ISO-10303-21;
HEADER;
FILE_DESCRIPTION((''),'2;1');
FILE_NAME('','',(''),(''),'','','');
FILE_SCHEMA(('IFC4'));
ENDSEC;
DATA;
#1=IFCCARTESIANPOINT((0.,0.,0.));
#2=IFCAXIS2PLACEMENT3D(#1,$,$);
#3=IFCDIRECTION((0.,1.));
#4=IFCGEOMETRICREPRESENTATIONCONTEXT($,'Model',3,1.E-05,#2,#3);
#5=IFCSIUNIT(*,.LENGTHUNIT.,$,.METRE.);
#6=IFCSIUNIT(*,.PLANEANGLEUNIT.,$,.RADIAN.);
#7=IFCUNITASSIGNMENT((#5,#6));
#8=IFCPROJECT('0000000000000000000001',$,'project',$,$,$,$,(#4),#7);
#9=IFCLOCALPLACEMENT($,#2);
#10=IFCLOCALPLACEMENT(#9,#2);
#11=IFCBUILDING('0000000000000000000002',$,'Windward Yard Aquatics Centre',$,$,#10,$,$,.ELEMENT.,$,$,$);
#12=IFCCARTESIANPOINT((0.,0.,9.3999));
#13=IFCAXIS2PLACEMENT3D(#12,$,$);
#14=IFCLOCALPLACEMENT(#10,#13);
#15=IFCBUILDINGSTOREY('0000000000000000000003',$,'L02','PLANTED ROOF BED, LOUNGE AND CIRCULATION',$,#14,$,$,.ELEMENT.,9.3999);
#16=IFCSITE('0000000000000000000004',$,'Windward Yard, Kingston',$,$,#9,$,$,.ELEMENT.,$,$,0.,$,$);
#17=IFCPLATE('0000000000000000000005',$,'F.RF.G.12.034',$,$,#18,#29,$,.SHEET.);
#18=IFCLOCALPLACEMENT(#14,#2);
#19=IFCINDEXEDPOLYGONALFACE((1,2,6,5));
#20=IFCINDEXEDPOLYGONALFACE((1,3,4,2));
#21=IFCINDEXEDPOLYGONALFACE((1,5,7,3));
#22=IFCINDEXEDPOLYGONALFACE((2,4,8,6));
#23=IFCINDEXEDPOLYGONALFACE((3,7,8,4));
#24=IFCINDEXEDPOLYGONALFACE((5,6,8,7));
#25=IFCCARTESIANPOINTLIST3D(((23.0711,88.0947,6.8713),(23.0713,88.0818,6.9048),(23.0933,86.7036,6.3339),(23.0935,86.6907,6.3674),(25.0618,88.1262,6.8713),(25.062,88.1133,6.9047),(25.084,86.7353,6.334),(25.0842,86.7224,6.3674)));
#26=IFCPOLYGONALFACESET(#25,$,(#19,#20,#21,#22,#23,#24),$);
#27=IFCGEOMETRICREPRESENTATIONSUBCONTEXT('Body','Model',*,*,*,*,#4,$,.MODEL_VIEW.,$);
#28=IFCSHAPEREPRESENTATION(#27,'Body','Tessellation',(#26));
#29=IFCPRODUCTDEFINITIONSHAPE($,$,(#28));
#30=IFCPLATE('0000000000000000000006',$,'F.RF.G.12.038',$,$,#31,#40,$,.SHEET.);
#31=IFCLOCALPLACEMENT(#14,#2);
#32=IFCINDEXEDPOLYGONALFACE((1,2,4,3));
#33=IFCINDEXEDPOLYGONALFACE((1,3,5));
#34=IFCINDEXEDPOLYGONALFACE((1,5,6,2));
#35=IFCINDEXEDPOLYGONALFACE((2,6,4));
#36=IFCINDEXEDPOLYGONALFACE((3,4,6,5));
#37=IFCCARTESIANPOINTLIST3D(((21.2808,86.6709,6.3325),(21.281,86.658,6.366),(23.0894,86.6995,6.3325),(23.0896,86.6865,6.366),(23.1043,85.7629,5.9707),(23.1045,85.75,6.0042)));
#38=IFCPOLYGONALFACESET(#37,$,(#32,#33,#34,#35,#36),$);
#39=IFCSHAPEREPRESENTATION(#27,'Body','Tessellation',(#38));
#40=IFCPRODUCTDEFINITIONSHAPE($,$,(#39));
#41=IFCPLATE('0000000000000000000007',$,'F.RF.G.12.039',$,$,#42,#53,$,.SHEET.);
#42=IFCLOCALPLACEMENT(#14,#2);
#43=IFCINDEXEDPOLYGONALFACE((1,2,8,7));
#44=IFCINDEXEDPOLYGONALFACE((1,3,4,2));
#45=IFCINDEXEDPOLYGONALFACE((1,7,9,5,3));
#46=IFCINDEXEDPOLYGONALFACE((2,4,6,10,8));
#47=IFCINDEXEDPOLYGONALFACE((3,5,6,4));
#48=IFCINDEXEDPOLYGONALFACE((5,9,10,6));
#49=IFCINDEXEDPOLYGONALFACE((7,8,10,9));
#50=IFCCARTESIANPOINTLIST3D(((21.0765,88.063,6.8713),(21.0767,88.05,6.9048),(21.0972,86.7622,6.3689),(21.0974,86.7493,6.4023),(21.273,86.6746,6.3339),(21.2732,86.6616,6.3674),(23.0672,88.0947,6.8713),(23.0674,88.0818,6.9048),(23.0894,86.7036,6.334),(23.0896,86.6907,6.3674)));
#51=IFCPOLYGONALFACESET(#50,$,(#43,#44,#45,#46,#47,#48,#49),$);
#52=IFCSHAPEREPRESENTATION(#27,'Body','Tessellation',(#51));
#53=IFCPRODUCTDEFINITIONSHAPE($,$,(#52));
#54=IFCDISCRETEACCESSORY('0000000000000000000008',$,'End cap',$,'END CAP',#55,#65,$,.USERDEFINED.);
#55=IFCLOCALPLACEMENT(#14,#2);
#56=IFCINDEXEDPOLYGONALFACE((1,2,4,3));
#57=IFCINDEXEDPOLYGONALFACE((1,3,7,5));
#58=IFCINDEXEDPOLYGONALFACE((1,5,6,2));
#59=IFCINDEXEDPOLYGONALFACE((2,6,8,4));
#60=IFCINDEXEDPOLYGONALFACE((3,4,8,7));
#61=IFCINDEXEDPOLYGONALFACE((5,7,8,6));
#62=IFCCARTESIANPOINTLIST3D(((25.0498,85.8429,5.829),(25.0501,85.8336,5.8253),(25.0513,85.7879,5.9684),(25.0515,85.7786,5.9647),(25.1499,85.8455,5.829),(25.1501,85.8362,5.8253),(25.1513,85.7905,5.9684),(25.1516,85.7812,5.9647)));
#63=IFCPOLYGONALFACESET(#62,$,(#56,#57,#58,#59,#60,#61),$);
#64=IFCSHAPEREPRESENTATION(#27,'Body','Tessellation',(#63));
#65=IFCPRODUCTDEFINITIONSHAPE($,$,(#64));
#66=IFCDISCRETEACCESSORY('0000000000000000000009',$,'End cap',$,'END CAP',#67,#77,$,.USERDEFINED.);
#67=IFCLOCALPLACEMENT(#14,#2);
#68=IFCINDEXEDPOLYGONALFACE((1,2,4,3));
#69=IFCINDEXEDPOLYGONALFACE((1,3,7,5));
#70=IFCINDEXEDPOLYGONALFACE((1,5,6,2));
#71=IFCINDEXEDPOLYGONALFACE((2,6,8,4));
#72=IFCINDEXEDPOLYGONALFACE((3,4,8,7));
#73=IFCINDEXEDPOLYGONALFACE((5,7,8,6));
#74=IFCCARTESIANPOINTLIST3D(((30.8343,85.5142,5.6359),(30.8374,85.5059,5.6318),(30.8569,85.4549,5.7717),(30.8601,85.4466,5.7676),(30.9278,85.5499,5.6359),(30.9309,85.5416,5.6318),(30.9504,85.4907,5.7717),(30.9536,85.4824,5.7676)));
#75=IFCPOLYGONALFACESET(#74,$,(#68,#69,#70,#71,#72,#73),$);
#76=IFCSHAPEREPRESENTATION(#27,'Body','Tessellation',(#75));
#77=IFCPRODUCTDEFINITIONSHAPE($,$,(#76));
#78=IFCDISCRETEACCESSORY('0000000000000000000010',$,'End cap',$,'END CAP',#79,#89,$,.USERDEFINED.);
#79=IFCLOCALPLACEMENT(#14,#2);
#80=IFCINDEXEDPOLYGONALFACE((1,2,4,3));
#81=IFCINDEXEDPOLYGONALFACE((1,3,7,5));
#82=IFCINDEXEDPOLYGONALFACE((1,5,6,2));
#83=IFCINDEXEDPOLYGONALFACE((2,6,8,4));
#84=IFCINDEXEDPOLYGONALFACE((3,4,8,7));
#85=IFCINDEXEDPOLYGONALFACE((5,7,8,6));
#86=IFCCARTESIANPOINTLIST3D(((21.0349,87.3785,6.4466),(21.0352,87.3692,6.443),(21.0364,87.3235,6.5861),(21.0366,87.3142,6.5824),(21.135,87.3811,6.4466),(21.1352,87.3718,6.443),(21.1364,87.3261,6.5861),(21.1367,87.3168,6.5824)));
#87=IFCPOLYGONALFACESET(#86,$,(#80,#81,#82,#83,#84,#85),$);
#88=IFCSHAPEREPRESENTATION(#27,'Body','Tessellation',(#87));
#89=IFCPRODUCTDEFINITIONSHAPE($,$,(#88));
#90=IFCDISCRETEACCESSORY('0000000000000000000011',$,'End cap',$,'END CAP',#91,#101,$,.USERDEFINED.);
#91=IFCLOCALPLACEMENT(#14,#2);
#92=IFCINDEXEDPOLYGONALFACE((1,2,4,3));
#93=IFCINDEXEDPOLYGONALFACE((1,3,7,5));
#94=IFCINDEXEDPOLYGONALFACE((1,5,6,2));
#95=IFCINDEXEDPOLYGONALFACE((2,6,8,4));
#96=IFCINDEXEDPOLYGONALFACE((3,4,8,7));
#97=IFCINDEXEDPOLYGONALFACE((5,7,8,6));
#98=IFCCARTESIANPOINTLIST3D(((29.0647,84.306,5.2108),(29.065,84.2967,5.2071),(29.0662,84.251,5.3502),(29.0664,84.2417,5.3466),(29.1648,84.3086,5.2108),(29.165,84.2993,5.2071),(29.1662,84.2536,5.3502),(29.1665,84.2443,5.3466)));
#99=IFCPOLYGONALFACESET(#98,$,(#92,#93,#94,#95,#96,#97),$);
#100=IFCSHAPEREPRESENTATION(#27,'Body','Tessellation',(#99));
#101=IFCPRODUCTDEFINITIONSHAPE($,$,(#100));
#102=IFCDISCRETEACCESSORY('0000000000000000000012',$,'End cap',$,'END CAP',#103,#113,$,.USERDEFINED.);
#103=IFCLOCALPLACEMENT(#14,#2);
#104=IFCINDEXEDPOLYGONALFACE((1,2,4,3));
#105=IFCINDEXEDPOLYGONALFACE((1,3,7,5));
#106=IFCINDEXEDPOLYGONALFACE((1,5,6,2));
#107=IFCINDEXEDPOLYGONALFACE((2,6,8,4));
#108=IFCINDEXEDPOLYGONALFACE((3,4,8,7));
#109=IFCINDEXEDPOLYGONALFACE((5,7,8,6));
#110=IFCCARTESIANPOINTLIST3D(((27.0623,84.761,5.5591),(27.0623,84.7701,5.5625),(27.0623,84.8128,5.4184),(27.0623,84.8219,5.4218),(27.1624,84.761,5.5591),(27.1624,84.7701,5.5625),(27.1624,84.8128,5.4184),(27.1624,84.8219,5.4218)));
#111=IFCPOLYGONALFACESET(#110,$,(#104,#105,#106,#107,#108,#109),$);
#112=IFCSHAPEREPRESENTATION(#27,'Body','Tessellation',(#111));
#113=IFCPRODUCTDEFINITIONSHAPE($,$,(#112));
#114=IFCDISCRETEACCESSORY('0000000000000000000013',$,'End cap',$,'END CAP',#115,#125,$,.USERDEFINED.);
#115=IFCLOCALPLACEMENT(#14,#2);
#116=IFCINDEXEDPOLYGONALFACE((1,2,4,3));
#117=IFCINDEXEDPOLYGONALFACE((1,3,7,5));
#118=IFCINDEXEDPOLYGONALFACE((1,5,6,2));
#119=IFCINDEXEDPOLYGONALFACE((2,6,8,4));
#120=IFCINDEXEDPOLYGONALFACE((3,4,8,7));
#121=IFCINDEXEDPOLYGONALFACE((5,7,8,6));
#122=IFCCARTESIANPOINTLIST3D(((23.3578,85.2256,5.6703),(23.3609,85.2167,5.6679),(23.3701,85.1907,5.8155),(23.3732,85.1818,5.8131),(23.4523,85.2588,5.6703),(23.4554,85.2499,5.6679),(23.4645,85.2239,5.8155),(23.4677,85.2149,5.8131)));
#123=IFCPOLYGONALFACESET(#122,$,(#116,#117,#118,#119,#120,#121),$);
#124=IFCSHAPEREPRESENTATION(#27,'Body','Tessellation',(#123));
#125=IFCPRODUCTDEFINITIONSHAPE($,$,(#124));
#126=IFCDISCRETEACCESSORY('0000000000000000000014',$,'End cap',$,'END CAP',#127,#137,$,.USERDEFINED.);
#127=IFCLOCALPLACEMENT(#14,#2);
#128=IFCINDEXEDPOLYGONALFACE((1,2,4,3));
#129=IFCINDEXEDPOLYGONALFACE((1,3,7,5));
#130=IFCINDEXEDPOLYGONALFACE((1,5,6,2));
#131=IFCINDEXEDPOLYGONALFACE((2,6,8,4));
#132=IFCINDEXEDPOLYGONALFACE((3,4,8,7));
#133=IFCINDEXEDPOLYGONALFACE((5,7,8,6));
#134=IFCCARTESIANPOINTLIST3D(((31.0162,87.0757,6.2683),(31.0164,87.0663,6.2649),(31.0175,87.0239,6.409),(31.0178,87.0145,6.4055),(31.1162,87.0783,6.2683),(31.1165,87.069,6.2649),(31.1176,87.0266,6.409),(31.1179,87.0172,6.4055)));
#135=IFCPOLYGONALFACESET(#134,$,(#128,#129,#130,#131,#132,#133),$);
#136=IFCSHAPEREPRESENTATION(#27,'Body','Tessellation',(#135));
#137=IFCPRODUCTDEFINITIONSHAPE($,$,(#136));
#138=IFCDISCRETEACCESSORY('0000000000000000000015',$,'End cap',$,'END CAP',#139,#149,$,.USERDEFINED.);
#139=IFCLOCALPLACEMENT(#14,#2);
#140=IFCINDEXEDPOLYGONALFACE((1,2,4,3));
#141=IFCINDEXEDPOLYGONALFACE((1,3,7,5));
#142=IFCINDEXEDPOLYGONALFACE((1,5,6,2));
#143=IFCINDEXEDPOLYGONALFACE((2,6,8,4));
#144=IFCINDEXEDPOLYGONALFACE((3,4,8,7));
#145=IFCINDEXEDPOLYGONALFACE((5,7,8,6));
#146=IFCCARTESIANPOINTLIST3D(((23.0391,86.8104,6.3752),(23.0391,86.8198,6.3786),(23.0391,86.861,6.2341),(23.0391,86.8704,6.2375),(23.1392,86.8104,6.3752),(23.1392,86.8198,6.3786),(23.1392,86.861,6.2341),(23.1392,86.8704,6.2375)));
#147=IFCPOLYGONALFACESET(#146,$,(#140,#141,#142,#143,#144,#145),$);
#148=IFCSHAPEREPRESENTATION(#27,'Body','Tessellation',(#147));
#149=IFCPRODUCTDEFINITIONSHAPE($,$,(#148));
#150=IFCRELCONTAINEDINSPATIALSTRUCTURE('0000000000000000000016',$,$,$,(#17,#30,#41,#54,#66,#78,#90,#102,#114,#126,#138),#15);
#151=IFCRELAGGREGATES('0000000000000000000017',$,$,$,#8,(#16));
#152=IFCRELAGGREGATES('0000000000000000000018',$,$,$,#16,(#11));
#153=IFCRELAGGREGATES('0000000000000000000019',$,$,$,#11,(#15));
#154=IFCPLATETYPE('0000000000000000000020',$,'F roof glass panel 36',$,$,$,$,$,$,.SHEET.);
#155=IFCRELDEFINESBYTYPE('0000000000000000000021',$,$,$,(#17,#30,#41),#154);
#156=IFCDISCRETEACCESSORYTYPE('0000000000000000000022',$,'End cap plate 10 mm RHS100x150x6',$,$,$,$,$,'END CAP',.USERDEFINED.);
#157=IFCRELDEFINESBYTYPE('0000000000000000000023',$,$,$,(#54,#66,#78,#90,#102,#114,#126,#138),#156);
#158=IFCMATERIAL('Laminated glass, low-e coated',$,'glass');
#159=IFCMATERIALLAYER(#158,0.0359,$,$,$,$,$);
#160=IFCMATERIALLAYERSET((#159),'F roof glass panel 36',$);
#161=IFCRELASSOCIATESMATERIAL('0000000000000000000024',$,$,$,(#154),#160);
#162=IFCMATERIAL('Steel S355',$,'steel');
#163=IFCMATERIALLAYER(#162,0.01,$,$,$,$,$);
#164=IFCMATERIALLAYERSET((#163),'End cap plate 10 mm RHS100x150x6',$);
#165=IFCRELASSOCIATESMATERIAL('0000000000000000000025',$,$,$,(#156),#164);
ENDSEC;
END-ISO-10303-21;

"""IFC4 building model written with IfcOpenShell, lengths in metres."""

from ifc_helpers import new_model, si_unit, direction, frame, origin, origin_2d, place, context, subcontext, project, spatial, polyline, rectangle, outline, extrude, material, layer, layer_set, type_object, element, save


model = new_model("IFC4")

# Units and contexts
model_context = context("Model", 3, precision=1e-05, world=origin(), true_north=direction((0.0, 1.0)))
body_context = subcontext(model_context, "Body", "Model", "MODEL_VIEW")
ifc_project = project(units=[si_unit("LENGTHUNIT", "METRE"), si_unit("PLANEANGLEUNIT", "RADIAN")], contexts=[model_context])

# Site, building, storey
site_placement = place(None, origin())
site = spatial("IfcSite", under=ifc_project, at=site_placement, Name="Windward Yard, Kingston", CompositionType="ELEMENT", RefElevation=0.0)
building_placement = place(site_placement, origin())
building = spatial("IfcBuilding", under=site, at=building_placement, Name="Windward Yard Aquatics Centre", CompositionType="ELEMENT")
storey_placement = place(building_placement, frame((0.0, 0.0, 9.3999)))
storey = spatial("IfcBuildingStorey", under=building, at=storey_placement, Name="L02", Description="PLANTED ROOF BED, LOUNGE AND CIRCULATION", CompositionType="ELEMENT", Elevation=9.3999)

# Shared definitions
ifc_material_1 = material(Name="Steel S355", Category="steel")

# Plates
ifc_material_2 = material(Name="Laminated glass, low-e coated", Category="glass")
ifc_layer_1 = layer(ifc_material_2, 0.0359)
ifc_layer_set_1 = layer_set([ifc_layer_1], Name="F roof glass panel 36")
plate_type = type_object("IfcPlateType", Name="F roof glass panel 36", PredefinedType="SHEET", material=ifc_layer_set_1)
plate_1_placement = place(storey_placement, frame((23.0713, 88.0818, 6.9048), z_axis=(0.005722, -0.36027, 0.93283), x_axis=(0.999875, 0.015826, -0.000021)))
element("IfcPlate", 1, at=plate_1_placement, inside=storey, type_object=plate_type, Name="F.RF.G.12.034", PredefinedType="SHEET", context=body_context, shape_type="SweptSolid", body=[
    extrude(outline(polyline([(0.0, 0.0), (1.991, 0.0), (1.9912, -1.4912), (0.0002, -1.4915), (0.0, 0.0)])), origin(), (0.0, 0.0, -1.0), 0.0359),
])
plate_2_placement = place(storey_placement, frame((21.281, 86.658, 6.366), z_axis=(0.00569, -0.360295, 0.932821), x_axis=(0.999875, 0.015792, 0.0)))
element("IfcPlate", 2, at=plate_2_placement, inside=storey, type_object=plate_type, Name="F.RF.G.12.038", PredefinedType="SHEET", context=body_context, shape_type="SweptSolid", body=[
    extrude(outline(polyline([(0.0, 0.0), (1.8088, 0.0), (1.8089, -1.0041), (0.0, 0.0)])), origin(), (0.0, 0.0, -1.0), 0.0359),
])
plate_3_placement = place(storey_placement, frame((21.0767, 88.05, 6.9048), z_axis=(0.005748, -0.360231, 0.932845), x_axis=(0.999873, 0.015943, -0.000005)))
element("IfcPlate", 3, at=plate_3_placement, inside=storey, type_object=plate_type, Name="F.RF.G.12.039", PredefinedType="SHEET", context=body_context, shape_type="SweptSolid", body=[
    extrude(outline(polyline([(0.0, 0.0), (1.991, 0.0), (1.991, -1.4915), (0.1744, -1.4915), (0.0, -1.3946), (0.0, 0.0)])), origin(), (0.0, 0.0, -1.0), 0.0359),
])

# Discrete accessories
ifc_layer_2 = layer(ifc_material_1, 0.01)
ifc_layer_set_2 = layer_set([ifc_layer_2], Name="End cap plate 10 mm RHS100x150x6")
discrete_accessory_type = type_object("IfcDiscreteAccessoryType", Name="End cap plate 10 mm RHS100x150x6", ElementType="END CAP", PredefinedType="USERDEFINED", material=ifc_layer_set_2)
discrete_accessory_1_placement = place(storey_placement, frame((25.1008, 85.8074, 5.895), z_axis=(-0.02447, 0.929877, 0.367057), x_axis=(-0.999654, -0.026307, 0.0)))
element("IfcDiscreteAccessory", 4, at=discrete_accessory_1_placement, inside=storey, type_object=discrete_accessory_type, Name="End cap", ObjectType="END CAP", PredefinedType="USERDEFINED", context=body_context, shape_type="SweptSolid", body=[
    extrude(rectangle(XDim=0.1001, YDim=0.1499, at=origin_2d()), origin(), (0.0, 0.0, 1.0), 0.01),
])
discrete_accessory_2_placement = place(storey_placement, frame((30.8955, 85.4941, 5.6997), z_axis=(-0.323587, 0.846305, 0.423153), x_axis=(-0.934052, -0.357137, 0.0)))
element("IfcDiscreteAccessory", 5, at=discrete_accessory_2_placement, inside=storey, type_object=discrete_accessory_type, Name="End cap", ObjectType="END CAP", PredefinedType="USERDEFINED", context=body_context, shape_type="SweptSolid", body=[
    extrude(rectangle(XDim=0.1001, YDim=0.1499, at=origin_2d()), origin(), (0.0, 0.0, 1.0), 0.0098),
])
for number, where, z_axis, x_axis, name in (
    (6, (21.0859, 87.343, 6.5127), (-0.02447, 0.929877, 0.367057), (-0.999654, -0.026307, 0.0), "End cap"),
    (7, (29.1157, 84.2705, 5.2769), (-0.02447, 0.929877, 0.367057), (-0.999654, -0.026307, 0.0), "End cap"),
):
    element("IfcDiscreteAccessory", number, at=place(storey_placement, frame(where, z_axis=z_axis, x_axis=x_axis)), inside=storey, type_object=discrete_accessory_type, Name=name, ObjectType="END CAP", PredefinedType="USERDEFINED", context=body_context, shape_type="SweptSolid", body=[
        extrude(rectangle(XDim=0.1001, YDim=0.1499, at=origin_2d()), origin(), (0.0, 0.0, 1.0), 0.01),
    ])
for number, where, z_axis, x_axis, name in (
    (8, (27.1123, 84.7869, 5.4888), (0.0, 0.938343, 0.345705), (-1.0, 0.0, 0.0), "End cap"),
    (9, (23.4143, 85.2158, 5.7405), (-0.321208, 0.914207, 0.247083), (-0.94346, -0.331486, 0.0), "End cap"),
):
    element("IfcDiscreteAccessory", number, at=place(storey_placement, frame(where, z_axis=z_axis, x_axis=x_axis)), inside=storey, type_object=discrete_accessory_type, Name=name, ObjectType="END CAP", PredefinedType="USERDEFINED", context=body_context, shape_type="SweptSolid", body=[
        extrude(rectangle(XDim=0.1001, YDim=0.1499, at=origin_2d()), origin(), (0.0, 0.0, 1.0), 0.0098),
    ])
for number, where, z_axis, x_axis, name in (
    (10, (31.0671, 87.0417, 6.3352), (-0.024686, 0.938057, 0.3456), (-0.999654, -0.026307, 0.0), "End cap"),
    (11, (23.0891, 86.8357, 6.3047), (0.0, 0.941195, 0.337865), (-1.0, 0.0, 0.0), "End cap"),
):
    element("IfcDiscreteAccessory", number, at=place(storey_placement, frame(where, z_axis=z_axis, x_axis=x_axis)), inside=storey, type_object=discrete_accessory_type, Name=name, ObjectType="END CAP", PredefinedType="USERDEFINED", context=body_context, shape_type="SweptSolid", body=[
        extrude(rectangle(XDim=0.1001, YDim=0.1499, at=origin_2d()), origin(), (0.0, 0.0, 1.0), 0.01),
    ])

save(model, "model.ifc")
